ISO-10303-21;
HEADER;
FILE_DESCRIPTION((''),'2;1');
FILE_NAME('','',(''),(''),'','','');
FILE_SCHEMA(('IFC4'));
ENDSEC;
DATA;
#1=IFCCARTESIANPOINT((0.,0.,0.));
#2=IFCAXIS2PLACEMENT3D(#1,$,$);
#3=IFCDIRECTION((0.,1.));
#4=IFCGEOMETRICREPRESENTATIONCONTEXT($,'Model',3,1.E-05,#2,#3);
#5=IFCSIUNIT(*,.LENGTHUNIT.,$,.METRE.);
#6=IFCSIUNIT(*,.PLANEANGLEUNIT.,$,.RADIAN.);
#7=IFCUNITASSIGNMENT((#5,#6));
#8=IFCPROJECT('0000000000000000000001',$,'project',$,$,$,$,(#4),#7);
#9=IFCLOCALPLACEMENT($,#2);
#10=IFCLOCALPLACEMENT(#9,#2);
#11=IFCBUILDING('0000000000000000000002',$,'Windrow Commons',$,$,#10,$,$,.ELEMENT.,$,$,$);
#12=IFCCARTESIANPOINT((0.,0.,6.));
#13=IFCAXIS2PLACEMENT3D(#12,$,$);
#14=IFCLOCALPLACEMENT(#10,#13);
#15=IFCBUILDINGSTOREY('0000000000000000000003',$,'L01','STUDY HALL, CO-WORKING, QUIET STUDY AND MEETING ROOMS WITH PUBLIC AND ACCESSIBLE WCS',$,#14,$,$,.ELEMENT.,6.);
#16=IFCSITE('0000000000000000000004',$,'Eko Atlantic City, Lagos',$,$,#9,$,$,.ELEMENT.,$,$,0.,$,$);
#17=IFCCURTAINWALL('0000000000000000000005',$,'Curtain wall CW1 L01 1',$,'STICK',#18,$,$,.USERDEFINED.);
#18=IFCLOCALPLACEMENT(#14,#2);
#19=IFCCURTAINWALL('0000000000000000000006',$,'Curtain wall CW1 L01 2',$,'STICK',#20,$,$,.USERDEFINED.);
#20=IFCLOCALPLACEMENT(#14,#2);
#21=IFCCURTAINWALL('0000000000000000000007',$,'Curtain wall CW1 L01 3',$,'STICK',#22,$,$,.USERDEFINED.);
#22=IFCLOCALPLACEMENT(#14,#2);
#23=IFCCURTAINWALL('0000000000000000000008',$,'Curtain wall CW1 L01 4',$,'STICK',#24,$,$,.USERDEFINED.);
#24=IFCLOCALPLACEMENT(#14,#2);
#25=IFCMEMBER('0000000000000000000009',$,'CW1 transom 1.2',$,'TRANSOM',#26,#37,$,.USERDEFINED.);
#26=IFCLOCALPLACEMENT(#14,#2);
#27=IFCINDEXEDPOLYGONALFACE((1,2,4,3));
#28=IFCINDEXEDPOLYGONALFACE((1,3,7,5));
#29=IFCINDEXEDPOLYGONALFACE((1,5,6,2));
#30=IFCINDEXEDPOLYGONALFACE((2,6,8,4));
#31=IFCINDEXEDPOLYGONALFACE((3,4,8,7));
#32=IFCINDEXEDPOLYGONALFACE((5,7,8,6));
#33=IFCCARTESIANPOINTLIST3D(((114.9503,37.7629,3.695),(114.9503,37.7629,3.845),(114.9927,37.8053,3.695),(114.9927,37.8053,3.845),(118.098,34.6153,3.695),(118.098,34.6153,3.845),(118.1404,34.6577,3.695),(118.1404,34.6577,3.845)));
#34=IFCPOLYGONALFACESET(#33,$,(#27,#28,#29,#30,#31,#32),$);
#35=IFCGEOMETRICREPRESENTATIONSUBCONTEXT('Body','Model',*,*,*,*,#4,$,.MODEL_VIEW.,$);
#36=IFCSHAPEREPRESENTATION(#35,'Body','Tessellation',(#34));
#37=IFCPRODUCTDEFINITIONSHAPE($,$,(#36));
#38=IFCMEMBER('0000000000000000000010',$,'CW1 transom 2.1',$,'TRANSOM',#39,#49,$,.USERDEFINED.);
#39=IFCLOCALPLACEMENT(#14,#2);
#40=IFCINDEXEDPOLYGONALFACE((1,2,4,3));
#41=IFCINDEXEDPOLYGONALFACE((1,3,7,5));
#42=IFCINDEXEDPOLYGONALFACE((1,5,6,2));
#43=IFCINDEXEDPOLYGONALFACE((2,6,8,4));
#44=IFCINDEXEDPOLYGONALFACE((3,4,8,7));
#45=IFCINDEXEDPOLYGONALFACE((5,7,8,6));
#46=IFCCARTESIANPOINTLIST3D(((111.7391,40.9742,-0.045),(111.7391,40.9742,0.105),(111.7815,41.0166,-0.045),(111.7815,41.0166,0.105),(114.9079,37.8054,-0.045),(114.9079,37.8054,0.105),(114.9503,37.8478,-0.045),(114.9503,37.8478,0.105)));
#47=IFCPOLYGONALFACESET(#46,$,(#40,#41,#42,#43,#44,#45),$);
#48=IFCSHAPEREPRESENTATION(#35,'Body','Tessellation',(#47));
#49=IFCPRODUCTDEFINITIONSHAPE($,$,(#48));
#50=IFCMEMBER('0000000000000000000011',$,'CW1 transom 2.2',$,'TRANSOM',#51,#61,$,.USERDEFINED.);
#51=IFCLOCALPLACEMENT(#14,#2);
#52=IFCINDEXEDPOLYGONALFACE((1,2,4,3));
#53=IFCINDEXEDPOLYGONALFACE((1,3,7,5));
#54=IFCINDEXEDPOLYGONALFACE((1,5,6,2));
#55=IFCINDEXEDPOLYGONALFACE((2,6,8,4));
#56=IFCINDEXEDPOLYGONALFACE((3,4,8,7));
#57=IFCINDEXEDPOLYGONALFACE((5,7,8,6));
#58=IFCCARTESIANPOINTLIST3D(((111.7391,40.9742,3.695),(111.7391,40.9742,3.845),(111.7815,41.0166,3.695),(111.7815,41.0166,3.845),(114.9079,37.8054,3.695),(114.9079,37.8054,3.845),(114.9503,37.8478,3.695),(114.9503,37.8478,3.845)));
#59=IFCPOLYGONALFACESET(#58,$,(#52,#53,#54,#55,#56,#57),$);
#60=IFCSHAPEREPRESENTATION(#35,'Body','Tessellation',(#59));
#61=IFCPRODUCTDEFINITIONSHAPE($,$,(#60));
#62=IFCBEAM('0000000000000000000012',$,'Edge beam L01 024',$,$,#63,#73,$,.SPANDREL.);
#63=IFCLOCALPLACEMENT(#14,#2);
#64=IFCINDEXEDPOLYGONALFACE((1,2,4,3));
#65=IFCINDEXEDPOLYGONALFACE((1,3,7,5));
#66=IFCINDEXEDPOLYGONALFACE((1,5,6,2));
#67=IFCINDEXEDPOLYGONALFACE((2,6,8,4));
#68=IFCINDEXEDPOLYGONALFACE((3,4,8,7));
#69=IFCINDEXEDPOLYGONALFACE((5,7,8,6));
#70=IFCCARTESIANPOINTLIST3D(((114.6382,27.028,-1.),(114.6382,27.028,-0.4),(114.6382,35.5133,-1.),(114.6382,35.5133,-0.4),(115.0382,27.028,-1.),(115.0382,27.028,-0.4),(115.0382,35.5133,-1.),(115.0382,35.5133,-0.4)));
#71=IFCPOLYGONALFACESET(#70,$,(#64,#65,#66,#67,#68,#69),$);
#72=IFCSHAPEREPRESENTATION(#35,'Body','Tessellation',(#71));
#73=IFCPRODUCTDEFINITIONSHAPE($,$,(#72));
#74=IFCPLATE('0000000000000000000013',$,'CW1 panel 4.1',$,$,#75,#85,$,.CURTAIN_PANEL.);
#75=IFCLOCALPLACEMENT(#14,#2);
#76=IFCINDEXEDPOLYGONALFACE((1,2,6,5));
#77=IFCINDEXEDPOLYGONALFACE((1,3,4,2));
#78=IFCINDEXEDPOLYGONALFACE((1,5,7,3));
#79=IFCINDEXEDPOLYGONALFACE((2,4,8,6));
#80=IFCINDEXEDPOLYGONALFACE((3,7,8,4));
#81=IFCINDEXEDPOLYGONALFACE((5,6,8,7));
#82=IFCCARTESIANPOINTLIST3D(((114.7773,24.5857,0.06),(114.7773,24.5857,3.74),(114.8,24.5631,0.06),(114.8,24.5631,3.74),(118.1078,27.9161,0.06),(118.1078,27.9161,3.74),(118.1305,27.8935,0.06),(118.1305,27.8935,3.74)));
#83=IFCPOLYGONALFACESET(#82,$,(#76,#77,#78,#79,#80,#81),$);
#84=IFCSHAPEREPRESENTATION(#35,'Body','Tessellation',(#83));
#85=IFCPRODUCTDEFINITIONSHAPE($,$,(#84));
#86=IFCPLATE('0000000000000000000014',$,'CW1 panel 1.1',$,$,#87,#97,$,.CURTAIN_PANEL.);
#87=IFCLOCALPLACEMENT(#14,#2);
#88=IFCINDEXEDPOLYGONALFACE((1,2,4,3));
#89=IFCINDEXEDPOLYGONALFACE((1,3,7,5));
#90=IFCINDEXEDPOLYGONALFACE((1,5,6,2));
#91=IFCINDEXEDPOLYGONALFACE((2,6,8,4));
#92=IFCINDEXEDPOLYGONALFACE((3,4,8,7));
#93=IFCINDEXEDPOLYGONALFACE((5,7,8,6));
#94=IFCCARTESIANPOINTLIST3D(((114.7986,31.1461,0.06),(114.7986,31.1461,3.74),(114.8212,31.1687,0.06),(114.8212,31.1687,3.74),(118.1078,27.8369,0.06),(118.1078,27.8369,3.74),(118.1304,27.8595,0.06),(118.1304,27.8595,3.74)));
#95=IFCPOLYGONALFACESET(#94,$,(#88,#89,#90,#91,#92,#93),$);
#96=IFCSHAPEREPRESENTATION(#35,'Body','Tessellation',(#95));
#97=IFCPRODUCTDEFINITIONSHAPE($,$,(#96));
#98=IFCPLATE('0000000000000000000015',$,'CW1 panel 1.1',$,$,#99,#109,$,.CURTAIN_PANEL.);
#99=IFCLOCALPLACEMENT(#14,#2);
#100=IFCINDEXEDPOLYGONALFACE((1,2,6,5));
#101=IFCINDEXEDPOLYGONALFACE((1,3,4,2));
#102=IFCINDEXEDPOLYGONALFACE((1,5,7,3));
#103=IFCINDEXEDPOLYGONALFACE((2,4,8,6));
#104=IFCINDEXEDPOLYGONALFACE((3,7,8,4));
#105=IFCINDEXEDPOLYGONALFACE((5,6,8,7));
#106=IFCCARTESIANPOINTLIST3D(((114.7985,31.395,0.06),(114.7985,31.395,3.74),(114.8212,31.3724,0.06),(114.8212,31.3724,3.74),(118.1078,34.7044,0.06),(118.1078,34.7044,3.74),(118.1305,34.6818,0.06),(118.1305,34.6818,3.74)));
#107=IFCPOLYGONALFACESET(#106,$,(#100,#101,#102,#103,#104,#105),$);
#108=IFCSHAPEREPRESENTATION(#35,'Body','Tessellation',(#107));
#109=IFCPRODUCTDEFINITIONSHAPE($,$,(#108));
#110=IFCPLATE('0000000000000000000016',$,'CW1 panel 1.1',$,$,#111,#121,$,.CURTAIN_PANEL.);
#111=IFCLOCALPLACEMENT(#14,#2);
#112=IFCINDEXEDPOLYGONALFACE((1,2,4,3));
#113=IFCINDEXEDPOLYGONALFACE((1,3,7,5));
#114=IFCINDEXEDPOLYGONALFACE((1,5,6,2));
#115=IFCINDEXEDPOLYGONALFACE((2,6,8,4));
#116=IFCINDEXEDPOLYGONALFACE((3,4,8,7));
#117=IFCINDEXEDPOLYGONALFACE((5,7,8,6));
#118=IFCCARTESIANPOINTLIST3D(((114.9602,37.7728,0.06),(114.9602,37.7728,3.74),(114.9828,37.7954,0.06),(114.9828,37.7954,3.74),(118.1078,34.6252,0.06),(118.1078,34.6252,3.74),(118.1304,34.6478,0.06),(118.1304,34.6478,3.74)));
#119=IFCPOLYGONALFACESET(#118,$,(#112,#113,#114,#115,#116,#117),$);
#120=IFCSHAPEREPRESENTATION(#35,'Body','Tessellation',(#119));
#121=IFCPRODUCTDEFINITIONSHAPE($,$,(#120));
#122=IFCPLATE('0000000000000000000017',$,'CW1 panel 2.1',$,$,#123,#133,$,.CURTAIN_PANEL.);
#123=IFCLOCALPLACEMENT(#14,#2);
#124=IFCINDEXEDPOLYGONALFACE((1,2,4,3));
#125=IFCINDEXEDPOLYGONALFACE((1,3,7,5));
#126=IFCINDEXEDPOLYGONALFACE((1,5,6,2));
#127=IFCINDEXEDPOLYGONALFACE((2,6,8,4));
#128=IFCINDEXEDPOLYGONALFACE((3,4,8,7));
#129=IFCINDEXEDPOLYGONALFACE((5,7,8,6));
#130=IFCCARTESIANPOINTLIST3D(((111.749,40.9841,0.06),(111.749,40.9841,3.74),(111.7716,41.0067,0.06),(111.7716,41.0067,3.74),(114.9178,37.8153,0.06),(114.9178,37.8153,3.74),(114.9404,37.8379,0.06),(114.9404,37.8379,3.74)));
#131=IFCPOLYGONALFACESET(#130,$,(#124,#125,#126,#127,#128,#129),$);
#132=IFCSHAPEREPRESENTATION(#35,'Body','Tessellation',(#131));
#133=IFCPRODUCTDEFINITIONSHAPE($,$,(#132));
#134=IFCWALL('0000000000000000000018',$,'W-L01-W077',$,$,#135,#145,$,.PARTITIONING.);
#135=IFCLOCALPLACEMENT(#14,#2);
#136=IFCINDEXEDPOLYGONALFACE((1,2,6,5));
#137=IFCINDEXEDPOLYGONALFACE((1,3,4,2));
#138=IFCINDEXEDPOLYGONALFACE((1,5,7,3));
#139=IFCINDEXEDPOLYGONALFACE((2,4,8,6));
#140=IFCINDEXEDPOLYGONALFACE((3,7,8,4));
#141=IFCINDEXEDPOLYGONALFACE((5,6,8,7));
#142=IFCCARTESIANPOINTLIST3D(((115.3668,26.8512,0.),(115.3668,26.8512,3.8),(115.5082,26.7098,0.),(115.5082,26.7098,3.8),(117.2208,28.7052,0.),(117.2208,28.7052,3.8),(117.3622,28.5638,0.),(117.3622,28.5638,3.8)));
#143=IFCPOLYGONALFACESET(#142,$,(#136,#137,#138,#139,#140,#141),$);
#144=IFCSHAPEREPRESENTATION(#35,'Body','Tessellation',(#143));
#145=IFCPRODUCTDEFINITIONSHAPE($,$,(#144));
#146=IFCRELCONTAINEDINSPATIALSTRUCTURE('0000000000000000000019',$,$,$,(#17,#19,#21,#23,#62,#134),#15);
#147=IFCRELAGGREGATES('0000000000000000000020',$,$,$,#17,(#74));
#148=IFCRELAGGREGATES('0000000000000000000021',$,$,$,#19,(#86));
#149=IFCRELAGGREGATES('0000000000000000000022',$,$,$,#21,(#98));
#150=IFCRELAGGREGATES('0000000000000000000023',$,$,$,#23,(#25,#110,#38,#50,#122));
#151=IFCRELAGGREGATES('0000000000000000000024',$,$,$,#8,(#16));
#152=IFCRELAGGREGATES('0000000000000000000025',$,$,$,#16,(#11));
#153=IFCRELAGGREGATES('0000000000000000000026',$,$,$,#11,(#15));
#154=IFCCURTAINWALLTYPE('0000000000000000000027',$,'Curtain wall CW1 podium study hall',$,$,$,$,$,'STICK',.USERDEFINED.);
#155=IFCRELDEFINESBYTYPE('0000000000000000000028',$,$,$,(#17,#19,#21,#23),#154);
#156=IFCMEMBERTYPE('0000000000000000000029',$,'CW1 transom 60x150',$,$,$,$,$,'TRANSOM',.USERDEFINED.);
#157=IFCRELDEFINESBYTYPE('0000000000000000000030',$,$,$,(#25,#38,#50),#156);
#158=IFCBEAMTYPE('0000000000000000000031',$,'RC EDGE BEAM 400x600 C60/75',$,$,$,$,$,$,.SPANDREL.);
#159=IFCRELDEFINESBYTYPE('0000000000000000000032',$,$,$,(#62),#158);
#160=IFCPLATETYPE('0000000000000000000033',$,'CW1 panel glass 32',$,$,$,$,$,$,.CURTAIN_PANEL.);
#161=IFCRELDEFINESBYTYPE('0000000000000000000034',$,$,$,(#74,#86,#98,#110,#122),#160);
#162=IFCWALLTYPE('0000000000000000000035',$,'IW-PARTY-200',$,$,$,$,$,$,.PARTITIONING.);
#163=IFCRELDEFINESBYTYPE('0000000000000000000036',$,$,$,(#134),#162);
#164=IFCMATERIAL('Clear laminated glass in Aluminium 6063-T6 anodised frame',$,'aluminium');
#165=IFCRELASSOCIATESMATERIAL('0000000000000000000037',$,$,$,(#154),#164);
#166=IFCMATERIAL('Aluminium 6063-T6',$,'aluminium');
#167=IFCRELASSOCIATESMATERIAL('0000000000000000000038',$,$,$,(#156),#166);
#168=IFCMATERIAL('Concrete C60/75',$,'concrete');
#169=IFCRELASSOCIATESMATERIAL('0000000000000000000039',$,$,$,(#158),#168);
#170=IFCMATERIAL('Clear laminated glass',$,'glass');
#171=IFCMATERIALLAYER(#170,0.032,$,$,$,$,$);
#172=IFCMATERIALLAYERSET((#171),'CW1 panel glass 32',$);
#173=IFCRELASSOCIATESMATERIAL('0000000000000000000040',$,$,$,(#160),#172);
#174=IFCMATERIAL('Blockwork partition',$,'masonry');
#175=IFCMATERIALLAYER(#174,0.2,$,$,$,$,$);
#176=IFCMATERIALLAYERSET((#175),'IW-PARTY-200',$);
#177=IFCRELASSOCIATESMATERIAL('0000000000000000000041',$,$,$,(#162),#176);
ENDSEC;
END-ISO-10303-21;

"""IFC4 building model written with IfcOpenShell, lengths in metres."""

from ifc_helpers import new_model, si_unit, direction, frame, frame_2d, origin, origin_2d, place, context, subcontext, project, spatial, rectangle, extrude, material, layer, layer_set, material_profile, profile_set, type_object, element, aggregate, save


model = new_model("IFC4")

# Units and contexts
model_context = context("Model", 3, precision=1e-05, world=origin(), true_north=direction((0.0, 1.0)))
body_context = subcontext(model_context, "Body", "Model", "MODEL_VIEW")
ifc_project = project(units=[si_unit("LENGTHUNIT", "METRE"), si_unit("PLANEANGLEUNIT", "RADIAN")], contexts=[model_context])

# Site, building, storey
site_placement = place(None, origin())
site = spatial("IfcSite", under=ifc_project, at=site_placement, Name="Eko Atlantic City, Lagos", CompositionType="ELEMENT", RefElevation=0.0)
building_placement = place(site_placement, origin())
building = spatial("IfcBuilding", under=site, at=building_placement, Name="Windrow Commons", CompositionType="ELEMENT")
storey_placement = place(building_placement, frame((0.0, 0.0, 6.0)))
storey = spatial("IfcBuildingStorey", under=building, at=storey_placement, Name="L01", Description="STUDY HALL, CO-WORKING, QUIET STUDY AND MEETING ROOMS WITH PUBLIC AND ACCESSIBLE WCS", CompositionType="ELEMENT", Elevation=6.0)

# Curtain wall
ifc_material_1 = material(Name="Clear laminated glass in Aluminium 6063-T6 anodised frame", Category="aluminium")
curtain_wall_type = type_object("IfcCurtainWallType", Name="Curtain wall CW1 podium study hall", ElementType="STICK", PredefinedType="USERDEFINED", material=ifc_material_1)
placement = place(storey_placement, origin())
curtain_wall_1 = element("IfcCurtainWall", 1, at=placement, inside=storey, type_object=curtain_wall_type, Name="Curtain wall CW1 L01 1", ObjectType="STICK", PredefinedType="USERDEFINED")

# Curtain walls
curtain_wall_2 = element("IfcCurtainWall", 2, at=placement, inside=storey, type_object=curtain_wall_type, Name="Curtain wall CW1 L01 2", ObjectType="STICK", PredefinedType="USERDEFINED")
curtain_wall_3 = element("IfcCurtainWall", 3, at=placement, inside=storey, type_object=curtain_wall_type, Name="Curtain wall CW1 L01 3", ObjectType="STICK", PredefinedType="USERDEFINED")
curtain_wall_4 = element("IfcCurtainWall", 4, at=placement, inside=storey, type_object=curtain_wall_type, Name="Curtain wall CW1 L01 4", ObjectType="STICK", PredefinedType="USERDEFINED")

# Members
ifc_material_2 = material(Name="Aluminium 6063-T6", Category="aluminium")
ifc_material_profile_1 = material_profile(ifc_material_2, rectangle(XDim=0.06, YDim=0.15, at=origin_2d()))
ifc_profile_set_1 = profile_set([ifc_material_profile_1], Name="Aluminium 6063-T6")
member_type_1 = type_object("IfcMemberType", Name="CW1 transom 60x150", ElementType="TRANSOM", PredefinedType="USERDEFINED", material=ifc_profile_set_1)
member_1_placement = place(storey_placement, frame((118.1192, 34.6365, 3.77), z_axis=(-0.707118, 0.707096, 0.0), x_axis=(-0.707096, -0.707118, 0.0)))
member_1 = element("IfcMember", 5, at=member_1_placement, type_object=member_type_1, Name="CW1 transom 1.2", ObjectType="TRANSOM", PredefinedType="USERDEFINED", context=body_context, shape_type="SweptSolid", body=[
    extrude(rectangle(XDim=0.06, YDim=0.15, at=origin_2d()), origin(), (0.0, 0.0, 1.0), 4.4514),
])
member_2_placement = place(storey_placement, frame((114.9291, 37.8266, 0.03), z_axis=(-0.707107, 0.707107, 0.0), x_axis=(-0.707107, -0.707107, 0.0)))
member_2 = element("IfcMember", 6, at=member_2_placement, type_object=member_type_1, Name="CW1 transom 2.1", ObjectType="TRANSOM", PredefinedType="USERDEFINED", context=body_context, shape_type="SweptSolid", body=[
    extrude(rectangle(XDim=0.06, YDim=0.15, at=origin_2d()), origin(), (0.0, 0.0, 1.0), 4.4814),
])
member_3_placement = place(storey_placement, frame((114.9291, 37.8266, 3.77), z_axis=(-0.707107, 0.707107, 0.0), x_axis=(-0.707107, -0.707107, 0.0)))
member_3 = element("IfcMember", 7, at=member_3_placement, type_object=member_type_1, Name="CW1 transom 2.2", ObjectType="TRANSOM", PredefinedType="USERDEFINED", context=body_context, shape_type="SweptSolid", body=[
    extrude(rectangle(XDim=0.06, YDim=0.15, at=origin_2d()), origin(), (0.0, 0.0, 1.0), 4.4814),
])

# Beam
ifc_material_3 = material(Name="Concrete C60/75", Category="concrete")
ifc_material_profile_2 = material_profile(ifc_material_3, rectangle(XDim=0.4, YDim=0.6, at=origin_2d()))
ifc_profile_set_2 = profile_set([ifc_material_profile_2], Name="Concrete C60/75")
beam_type = type_object("IfcBeamType", Name="RC EDGE BEAM 400x600 C60/75", PredefinedType="SPANDREL", material=ifc_profile_set_2)
beam_placement = place(storey_placement, frame((114.8382, 35.5133, -0.7), z_axis=(0.0, -1.0, 0.0), x_axis=(1.0, 0.0, 0.0)))
element("IfcBeam", 8, at=beam_placement, inside=storey, type_object=beam_type, Name="Edge beam L01 024", PredefinedType="SPANDREL", context=body_context, shape_type="SweptSolid", body=[
    extrude(rectangle(XDim=0.4, YDim=0.6, at=origin_2d()), origin(), (0.0, 0.0, 1.0), 8.4853),
])

# Plates
ifc_material_4 = material(Name="Clear laminated glass", Category="glass")
ifc_layer_1 = layer(ifc_material_4, 0.032)
ifc_layer_set_1 = layer_set([ifc_layer_1], Name="CW1 panel glass 32")
plate_type = type_object("IfcPlateType", Name="CW1 panel glass 32", PredefinedType="CURTAIN_PANEL", material=ifc_layer_set_1)
plate_1_placement = place(storey_placement, frame((116.4539, 26.2396, 0.06), z_axis=(0.0, 0.0, 1.0), x_axis=(0.707109, 0.707104, 0.0)))
plate_1 = element("IfcPlate", 9, at=plate_1_placement, type_object=plate_type, Name="CW1 panel 4.1", PredefinedType="CURTAIN_PANEL", context=body_context, shape_type="SweptSolid", body=[
    extrude(rectangle(XDim=4.71, YDim=0.032, at=origin_2d()), origin(), (0.0, 0.0, 1.0), 3.68),
])
aggregate(curtain_wall_1, [plate_1])
plate_2_placement = place(storey_placement, frame((116.4645, 29.5028, 0.06), z_axis=(0.0, 0.0, 1.0), x_axis=(-0.707107, 0.707107, 0.0)))
plate_2 = element("IfcPlate", 10, at=plate_2_placement, type_object=plate_type, Name="CW1 panel 1.1", PredefinedType="CURTAIN_PANEL", context=body_context, shape_type="SweptSolid", body=[
    extrude(rectangle(XDim=4.68, YDim=0.032, at=origin_2d()), origin(), (0.0, 0.0, 1.0), 3.68),
])
aggregate(curtain_wall_2, [plate_2])
plate_3_placement = place(storey_placement, frame((116.4645, 33.0384, 0.06), z_axis=(0.0, 0.0, 1.0), x_axis=(0.707096, 0.707117, 0.0)))
plate_3 = element("IfcPlate", 11, at=plate_3_placement, type_object=plate_type, Name="CW1 panel 1.1", PredefinedType="CURTAIN_PANEL", context=body_context, shape_type="SweptSolid", body=[
    extrude(rectangle(XDim=4.6801, YDim=0.032, at=origin_2d()), origin(), (0.0, 0.0, 1.0), 3.68),
])
aggregate(curtain_wall_3, [plate_3])
plate_4_placement = place(storey_placement, frame((116.5453, 36.2103, 0.06), z_axis=(0.0, 0.0, 1.0), x_axis=(-0.707107, 0.707107, 0.0)))
plate_4 = element("IfcPlate", 12, at=plate_4_placement, type_object=plate_type, Name="CW1 panel 1.1", PredefinedType="CURTAIN_PANEL", context=body_context, shape_type="SweptSolid", body=[
    extrude(rectangle(XDim=4.4514, YDim=0.032, at=origin_2d()), origin(), (0.0, 0.0, 1.0), 3.68),
])
plate_5_placement = place(storey_placement, frame((113.3447, 39.411, 0.06), z_axis=(0.0, 0.0, 1.0), x_axis=(-0.707107, 0.707107, 0.0)))
plate_5 = element("IfcPlate", 13, at=plate_5_placement, type_object=plate_type, Name="CW1 panel 2.1", PredefinedType="CURTAIN_PANEL", context=body_context, shape_type="SweptSolid", body=[
    extrude(rectangle(XDim=4.4814, YDim=0.032, at=origin_2d()), origin(), (0.0, 0.0, 1.0), 3.68),
])
aggregate(curtain_wall_4, [member_1, plate_4, member_2, member_3, plate_5])

# Wall
ifc_material_5 = material(Name="Blockwork partition", Category="masonry")
ifc_layer_2 = layer(ifc_material_5, 0.2)
ifc_layer_set_2 = layer_set([ifc_layer_2], Name="IW-PARTY-200")
wall_type = type_object("IfcWallType", Name="IW-PARTY-200", PredefinedType="PARTITIONING", material=ifc_layer_set_2)
wall_placement = place(storey_placement, frame((115.4375, 26.7805, 0.0), z_axis=(0.0, 0.0, 1.0), x_axis=(0.707107, 0.707107, 0.0)))
element("IfcWall", 14, at=wall_placement, inside=storey, type_object=wall_type, Name="W-L01-W077", PredefinedType="PARTITIONING", context=body_context, shape_type="SweptSolid", body=[
    extrude(rectangle(XDim=2.622, YDim=0.2, at=frame_2d((1.311, 0.0))), origin(), (0.0, 0.0, 1.0), 3.8),
])

save(model, "model.ifc")
